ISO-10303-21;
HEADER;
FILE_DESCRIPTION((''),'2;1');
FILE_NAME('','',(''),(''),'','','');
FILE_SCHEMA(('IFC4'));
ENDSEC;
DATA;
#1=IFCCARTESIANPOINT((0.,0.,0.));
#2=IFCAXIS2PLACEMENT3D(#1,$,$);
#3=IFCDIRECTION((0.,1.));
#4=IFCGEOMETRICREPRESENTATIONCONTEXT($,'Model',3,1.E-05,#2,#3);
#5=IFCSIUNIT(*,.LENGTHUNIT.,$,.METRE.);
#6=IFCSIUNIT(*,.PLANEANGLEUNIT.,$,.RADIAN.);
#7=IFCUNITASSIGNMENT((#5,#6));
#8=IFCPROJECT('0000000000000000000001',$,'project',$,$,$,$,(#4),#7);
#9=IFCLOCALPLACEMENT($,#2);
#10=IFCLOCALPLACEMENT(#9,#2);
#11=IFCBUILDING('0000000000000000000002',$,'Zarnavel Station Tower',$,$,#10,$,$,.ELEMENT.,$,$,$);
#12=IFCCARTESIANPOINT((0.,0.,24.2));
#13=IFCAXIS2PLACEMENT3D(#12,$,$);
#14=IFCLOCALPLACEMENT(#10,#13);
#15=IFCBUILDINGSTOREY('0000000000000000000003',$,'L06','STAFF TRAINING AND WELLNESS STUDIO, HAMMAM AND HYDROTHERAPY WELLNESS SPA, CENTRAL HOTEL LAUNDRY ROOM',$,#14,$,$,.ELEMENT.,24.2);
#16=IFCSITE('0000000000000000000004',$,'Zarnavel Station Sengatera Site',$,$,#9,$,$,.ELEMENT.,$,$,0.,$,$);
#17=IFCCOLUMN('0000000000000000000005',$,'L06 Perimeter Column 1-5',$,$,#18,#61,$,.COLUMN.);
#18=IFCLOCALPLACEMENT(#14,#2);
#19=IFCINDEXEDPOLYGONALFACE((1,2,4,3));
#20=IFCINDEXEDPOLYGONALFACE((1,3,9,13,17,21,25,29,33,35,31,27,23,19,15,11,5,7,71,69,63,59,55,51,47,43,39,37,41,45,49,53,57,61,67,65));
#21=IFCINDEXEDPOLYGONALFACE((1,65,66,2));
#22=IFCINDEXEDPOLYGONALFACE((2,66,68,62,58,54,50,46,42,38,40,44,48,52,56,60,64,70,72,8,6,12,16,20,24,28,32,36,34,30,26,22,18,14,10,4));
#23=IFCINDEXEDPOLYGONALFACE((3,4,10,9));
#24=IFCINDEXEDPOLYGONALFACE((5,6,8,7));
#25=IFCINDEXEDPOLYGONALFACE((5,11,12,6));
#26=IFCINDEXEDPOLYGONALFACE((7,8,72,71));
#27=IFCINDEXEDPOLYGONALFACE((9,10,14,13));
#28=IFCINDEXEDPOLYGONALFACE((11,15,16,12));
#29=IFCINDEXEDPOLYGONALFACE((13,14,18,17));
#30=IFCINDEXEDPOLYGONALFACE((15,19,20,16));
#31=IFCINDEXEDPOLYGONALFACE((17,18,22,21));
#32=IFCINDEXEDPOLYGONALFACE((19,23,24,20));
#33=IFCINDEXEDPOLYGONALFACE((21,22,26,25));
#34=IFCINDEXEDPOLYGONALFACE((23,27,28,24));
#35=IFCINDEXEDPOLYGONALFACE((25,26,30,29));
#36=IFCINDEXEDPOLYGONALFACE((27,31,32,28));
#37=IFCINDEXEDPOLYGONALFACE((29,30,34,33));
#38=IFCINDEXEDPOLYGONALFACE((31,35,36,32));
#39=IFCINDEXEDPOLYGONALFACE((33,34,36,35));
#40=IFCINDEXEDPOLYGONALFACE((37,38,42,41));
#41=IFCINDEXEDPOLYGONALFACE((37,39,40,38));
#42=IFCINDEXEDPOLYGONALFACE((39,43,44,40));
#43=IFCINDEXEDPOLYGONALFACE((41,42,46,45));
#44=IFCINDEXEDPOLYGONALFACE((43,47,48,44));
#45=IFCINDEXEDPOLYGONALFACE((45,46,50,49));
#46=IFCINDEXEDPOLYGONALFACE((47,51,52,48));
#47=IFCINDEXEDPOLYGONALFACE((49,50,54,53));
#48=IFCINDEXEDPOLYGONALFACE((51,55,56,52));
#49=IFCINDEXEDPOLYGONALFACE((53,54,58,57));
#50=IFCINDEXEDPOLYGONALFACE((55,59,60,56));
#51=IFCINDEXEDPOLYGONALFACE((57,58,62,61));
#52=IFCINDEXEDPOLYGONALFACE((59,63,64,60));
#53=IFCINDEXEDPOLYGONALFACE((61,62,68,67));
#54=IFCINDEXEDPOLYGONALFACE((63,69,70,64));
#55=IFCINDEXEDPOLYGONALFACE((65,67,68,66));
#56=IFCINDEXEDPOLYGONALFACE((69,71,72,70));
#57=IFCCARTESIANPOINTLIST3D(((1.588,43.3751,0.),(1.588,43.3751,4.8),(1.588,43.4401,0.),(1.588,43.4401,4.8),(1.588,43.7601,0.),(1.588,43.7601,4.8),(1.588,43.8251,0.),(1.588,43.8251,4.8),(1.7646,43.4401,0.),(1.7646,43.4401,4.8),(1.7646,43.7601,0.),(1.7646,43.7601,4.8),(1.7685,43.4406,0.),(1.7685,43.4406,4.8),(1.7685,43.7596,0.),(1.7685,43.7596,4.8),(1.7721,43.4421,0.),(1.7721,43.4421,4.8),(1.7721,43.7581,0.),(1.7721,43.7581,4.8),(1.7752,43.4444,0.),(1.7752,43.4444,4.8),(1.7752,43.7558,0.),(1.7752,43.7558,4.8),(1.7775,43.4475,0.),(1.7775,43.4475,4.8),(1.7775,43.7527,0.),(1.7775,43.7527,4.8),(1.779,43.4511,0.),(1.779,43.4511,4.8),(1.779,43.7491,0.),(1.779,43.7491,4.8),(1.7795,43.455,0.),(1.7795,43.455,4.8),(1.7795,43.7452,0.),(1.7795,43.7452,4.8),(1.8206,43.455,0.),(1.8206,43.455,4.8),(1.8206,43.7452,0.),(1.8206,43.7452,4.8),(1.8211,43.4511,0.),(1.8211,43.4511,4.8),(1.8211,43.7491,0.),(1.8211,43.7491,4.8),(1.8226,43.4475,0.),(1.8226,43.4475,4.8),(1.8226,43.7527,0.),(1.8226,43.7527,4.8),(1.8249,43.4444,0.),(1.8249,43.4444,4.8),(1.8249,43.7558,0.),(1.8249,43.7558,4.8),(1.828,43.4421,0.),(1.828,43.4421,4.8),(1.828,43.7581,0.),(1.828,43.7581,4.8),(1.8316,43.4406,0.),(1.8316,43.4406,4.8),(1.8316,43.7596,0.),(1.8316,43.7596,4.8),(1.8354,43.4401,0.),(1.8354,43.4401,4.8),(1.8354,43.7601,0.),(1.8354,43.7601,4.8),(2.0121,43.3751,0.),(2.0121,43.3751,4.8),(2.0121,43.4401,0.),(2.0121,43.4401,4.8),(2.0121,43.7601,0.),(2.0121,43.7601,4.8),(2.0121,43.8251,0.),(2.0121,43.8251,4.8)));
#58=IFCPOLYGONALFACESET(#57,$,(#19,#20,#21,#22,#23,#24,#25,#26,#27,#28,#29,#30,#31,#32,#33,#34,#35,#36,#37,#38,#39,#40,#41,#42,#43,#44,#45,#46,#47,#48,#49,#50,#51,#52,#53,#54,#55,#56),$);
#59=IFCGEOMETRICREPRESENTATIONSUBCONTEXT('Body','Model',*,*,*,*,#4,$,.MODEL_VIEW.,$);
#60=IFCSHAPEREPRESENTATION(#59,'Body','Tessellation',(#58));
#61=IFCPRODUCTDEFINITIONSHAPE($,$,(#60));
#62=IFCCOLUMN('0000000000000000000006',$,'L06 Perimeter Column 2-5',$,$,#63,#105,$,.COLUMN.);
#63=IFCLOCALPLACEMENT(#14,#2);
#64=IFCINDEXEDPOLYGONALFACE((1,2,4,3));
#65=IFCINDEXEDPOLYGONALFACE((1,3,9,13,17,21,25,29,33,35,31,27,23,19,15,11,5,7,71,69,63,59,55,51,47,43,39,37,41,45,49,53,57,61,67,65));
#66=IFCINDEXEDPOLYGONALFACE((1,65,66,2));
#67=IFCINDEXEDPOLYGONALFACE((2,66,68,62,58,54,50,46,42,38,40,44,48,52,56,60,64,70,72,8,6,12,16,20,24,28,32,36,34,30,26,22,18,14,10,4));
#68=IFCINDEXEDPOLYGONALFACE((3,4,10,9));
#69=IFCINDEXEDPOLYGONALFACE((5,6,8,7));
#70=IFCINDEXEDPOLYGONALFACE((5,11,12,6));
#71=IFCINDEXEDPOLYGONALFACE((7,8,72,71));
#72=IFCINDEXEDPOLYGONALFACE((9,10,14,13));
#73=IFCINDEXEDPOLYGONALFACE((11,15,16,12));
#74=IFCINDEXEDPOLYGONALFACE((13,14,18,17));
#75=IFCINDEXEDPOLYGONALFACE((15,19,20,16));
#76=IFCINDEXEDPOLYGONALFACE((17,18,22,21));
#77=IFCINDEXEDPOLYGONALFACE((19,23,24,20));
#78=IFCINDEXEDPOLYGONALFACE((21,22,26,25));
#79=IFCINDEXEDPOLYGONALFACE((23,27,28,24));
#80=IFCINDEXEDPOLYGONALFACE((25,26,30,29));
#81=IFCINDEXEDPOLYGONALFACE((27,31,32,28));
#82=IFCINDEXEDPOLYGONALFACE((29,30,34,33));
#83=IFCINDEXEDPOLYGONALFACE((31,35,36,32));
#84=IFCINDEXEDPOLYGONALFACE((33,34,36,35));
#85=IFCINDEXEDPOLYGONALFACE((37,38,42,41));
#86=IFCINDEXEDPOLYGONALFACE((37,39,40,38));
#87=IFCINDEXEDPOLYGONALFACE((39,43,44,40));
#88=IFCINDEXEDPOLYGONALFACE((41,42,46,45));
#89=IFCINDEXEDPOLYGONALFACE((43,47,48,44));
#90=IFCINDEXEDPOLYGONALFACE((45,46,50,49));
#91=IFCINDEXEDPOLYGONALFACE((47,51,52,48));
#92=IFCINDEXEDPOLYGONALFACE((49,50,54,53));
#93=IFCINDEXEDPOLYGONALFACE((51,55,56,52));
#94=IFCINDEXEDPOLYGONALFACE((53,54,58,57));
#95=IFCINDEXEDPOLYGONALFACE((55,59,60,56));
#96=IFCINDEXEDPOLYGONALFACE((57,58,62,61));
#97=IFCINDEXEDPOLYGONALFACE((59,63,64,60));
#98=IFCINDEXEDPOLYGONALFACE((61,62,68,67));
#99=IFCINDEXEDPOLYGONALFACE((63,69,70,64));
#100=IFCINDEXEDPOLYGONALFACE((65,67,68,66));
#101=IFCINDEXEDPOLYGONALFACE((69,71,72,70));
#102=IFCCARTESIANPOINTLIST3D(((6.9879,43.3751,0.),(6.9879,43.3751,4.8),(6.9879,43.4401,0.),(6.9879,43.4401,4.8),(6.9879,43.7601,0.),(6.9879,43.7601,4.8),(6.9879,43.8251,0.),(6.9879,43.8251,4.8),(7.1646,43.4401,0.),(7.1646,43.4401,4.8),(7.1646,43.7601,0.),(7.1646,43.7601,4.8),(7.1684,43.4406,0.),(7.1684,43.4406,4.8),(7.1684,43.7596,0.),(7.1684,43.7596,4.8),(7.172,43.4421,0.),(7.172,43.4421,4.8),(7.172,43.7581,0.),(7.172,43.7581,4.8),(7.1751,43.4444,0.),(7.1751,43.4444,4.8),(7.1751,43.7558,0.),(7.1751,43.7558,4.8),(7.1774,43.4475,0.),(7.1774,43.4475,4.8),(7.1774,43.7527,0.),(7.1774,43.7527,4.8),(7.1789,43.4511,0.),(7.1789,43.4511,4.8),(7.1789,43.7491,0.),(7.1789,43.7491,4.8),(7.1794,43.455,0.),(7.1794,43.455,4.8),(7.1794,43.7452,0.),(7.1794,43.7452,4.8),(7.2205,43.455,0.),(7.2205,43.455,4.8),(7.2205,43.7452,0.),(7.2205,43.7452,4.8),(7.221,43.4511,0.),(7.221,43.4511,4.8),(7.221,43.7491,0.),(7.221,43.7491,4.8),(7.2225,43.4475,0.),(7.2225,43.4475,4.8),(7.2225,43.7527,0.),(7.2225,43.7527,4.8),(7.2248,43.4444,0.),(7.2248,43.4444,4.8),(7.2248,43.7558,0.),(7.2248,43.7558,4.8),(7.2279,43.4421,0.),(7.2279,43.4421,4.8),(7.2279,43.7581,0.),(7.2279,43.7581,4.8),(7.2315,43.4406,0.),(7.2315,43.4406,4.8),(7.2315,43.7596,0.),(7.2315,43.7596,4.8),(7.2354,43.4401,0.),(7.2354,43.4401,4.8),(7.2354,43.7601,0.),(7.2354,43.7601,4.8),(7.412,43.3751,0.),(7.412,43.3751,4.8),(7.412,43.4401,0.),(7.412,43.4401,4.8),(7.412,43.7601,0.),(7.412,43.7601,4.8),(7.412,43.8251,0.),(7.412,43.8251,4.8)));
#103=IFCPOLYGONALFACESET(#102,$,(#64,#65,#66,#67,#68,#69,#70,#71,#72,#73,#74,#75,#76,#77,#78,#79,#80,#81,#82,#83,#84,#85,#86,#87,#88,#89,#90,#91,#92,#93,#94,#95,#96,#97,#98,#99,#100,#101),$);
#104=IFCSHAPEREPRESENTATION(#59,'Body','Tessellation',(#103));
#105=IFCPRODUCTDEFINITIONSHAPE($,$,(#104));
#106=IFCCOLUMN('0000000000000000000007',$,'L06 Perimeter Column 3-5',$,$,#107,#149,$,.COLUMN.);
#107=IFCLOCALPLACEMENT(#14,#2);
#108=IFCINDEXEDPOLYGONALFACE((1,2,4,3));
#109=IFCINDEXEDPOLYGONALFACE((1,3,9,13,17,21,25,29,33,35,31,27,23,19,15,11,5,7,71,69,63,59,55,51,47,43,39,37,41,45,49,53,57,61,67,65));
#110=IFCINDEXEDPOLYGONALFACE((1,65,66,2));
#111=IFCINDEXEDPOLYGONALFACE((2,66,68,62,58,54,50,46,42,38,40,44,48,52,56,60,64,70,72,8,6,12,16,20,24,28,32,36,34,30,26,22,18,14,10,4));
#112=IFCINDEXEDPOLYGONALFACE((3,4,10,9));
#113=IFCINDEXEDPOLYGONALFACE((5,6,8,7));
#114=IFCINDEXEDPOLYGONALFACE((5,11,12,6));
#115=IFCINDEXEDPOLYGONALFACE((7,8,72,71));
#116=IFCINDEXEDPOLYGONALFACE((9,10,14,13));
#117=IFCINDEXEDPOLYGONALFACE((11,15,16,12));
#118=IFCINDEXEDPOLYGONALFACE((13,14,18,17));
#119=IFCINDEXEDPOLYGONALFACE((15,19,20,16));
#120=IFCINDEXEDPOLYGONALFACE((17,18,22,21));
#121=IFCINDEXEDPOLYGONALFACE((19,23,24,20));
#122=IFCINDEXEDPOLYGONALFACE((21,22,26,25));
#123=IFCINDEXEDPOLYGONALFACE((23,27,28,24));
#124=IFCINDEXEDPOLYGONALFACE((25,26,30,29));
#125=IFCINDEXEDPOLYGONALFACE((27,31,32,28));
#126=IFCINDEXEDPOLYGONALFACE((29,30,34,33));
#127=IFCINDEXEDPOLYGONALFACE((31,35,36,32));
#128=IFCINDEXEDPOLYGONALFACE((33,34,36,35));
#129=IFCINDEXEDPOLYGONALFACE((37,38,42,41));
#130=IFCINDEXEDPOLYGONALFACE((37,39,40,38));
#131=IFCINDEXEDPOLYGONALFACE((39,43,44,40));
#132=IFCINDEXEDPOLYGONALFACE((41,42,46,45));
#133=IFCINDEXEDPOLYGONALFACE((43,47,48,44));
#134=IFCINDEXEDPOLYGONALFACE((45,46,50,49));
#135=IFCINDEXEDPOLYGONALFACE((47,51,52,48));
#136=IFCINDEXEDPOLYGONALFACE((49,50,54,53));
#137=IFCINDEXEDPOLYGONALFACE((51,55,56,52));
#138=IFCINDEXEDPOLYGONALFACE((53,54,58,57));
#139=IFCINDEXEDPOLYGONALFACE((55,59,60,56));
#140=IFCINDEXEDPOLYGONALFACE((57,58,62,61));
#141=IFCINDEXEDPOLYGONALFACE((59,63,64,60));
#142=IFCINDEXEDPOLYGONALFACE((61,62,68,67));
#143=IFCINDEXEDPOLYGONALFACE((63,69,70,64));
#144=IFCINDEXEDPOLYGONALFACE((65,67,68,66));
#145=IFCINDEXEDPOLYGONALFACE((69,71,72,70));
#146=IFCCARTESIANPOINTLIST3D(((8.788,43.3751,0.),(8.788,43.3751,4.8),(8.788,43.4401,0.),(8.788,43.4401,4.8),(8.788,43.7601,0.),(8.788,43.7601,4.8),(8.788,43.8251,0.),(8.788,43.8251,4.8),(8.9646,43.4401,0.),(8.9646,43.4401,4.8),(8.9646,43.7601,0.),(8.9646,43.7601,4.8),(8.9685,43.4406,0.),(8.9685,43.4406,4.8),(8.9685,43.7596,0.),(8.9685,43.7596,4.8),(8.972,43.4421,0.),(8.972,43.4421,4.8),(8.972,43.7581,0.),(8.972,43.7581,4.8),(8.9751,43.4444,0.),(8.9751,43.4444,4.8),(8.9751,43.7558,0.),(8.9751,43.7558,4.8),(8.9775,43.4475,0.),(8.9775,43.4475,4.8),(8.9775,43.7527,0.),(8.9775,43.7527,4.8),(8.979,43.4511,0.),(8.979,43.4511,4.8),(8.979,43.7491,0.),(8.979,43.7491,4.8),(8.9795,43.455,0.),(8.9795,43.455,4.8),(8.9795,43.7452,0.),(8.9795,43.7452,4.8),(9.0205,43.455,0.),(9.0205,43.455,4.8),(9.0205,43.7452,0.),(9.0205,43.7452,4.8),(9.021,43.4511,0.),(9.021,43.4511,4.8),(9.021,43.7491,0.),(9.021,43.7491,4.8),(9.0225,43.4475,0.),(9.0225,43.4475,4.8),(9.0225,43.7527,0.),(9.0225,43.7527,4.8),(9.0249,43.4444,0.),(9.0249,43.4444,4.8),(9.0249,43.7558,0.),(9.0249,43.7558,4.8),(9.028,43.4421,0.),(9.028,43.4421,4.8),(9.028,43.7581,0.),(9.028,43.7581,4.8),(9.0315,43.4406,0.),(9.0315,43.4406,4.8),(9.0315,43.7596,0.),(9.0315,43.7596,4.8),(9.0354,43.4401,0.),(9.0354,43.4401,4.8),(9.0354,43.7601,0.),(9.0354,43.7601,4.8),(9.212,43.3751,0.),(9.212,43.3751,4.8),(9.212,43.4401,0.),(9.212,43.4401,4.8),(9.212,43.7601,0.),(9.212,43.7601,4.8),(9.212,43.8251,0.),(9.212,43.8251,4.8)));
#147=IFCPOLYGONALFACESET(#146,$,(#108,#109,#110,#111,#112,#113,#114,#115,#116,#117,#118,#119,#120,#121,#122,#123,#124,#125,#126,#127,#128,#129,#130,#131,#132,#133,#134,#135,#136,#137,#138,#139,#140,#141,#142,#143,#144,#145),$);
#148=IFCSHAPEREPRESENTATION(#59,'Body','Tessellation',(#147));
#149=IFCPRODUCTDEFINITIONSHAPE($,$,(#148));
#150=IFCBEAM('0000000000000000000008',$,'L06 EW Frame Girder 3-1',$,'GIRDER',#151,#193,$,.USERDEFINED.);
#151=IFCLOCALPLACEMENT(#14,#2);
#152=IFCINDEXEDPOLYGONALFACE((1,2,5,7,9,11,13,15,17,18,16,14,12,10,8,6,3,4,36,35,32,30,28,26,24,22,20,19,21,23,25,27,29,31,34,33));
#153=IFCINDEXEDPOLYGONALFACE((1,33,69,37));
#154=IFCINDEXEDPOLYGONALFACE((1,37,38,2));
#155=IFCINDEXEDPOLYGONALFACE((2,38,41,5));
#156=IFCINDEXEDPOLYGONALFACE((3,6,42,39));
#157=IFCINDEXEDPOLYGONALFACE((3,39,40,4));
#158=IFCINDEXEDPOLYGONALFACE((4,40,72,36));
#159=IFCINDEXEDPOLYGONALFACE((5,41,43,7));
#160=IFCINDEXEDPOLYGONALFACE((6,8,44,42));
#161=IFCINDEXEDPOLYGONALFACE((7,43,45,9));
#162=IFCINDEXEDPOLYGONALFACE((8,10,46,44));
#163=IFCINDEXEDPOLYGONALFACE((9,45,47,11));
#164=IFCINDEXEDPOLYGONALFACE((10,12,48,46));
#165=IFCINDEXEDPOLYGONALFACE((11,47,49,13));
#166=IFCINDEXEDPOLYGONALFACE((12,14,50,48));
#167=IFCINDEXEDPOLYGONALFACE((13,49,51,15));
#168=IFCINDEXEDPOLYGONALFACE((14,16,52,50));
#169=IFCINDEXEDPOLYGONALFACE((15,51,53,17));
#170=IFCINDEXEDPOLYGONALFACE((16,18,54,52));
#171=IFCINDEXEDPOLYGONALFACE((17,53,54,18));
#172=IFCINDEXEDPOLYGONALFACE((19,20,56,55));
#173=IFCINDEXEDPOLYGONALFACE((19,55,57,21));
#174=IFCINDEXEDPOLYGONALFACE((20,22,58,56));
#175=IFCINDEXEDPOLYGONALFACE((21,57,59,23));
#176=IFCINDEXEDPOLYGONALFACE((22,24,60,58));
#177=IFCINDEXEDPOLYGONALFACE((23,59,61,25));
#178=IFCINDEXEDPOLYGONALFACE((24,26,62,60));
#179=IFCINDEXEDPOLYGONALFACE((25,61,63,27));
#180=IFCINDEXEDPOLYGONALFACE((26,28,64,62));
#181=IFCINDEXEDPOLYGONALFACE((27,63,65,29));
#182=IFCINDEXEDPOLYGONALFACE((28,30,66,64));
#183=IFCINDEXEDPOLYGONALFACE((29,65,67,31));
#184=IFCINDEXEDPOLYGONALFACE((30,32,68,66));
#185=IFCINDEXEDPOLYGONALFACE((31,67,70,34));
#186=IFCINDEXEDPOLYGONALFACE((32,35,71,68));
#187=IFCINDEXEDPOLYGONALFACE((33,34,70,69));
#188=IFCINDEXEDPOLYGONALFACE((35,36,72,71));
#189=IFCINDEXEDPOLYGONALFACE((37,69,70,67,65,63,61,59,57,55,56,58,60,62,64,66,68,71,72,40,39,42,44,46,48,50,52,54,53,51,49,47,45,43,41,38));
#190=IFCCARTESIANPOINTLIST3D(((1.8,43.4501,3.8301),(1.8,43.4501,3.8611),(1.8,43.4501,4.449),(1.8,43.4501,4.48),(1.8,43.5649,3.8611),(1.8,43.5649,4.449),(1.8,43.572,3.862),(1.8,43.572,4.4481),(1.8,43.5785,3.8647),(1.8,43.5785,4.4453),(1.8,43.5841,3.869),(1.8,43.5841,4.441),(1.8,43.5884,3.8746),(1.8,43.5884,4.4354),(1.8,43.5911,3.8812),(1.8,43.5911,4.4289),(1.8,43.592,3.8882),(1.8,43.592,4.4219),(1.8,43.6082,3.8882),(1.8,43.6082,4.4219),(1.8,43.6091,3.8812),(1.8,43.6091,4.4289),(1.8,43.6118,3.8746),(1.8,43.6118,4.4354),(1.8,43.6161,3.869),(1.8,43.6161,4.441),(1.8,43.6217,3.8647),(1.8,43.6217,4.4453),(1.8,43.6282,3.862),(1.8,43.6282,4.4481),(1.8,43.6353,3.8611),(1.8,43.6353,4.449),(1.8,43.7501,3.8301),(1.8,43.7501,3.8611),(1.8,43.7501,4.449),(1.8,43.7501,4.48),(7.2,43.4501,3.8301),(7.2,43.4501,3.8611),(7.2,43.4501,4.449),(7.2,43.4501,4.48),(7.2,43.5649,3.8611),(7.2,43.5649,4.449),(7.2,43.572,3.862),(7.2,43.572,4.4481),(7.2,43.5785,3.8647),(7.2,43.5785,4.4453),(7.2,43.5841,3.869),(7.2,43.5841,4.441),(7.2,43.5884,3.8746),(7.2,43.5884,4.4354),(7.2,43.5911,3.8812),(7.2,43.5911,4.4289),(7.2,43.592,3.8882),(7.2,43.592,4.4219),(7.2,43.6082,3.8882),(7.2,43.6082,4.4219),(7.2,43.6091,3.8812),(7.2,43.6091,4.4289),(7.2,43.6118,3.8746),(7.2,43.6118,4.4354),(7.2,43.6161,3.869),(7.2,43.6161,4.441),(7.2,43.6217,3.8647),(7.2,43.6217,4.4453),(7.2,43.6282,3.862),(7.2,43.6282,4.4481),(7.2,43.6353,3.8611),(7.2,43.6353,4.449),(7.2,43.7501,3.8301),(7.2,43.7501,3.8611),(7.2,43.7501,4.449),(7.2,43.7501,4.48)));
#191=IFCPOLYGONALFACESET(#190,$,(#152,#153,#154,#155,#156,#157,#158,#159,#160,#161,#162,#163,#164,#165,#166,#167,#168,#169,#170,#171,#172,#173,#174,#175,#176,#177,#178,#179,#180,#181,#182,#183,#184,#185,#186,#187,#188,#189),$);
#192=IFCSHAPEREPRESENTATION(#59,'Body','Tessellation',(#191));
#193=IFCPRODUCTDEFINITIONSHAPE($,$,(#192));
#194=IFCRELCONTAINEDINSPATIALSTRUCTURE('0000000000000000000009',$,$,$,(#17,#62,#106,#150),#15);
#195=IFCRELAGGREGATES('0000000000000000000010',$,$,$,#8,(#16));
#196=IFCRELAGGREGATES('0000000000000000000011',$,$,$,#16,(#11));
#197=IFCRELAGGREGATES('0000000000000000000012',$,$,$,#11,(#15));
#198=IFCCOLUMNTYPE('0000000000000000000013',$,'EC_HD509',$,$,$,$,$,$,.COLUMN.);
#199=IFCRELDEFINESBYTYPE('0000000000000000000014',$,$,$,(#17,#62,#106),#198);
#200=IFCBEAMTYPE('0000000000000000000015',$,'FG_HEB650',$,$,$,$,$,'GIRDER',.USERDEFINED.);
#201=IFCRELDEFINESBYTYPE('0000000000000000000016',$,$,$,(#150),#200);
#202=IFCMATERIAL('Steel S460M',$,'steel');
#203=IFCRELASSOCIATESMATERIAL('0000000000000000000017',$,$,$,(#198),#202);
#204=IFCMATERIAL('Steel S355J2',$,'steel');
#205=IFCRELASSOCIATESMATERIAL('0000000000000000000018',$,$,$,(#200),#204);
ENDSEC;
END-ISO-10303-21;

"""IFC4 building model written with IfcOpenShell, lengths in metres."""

from ifc_helpers import new_model, si_unit, direction, frame, origin, origin_2d, place, context, subcontext, project, spatial, i_section, extrude, material, material_profile, profile_set, type_object, element, save


model = new_model("IFC4")

# Units and contexts
model_context = context("Model", 3, precision=1e-05, world=origin(), true_north=direction((0.0, 1.0)))
body_context = subcontext(model_context, "Body", "Model", "MODEL_VIEW")
ifc_project = project(units=[si_unit("LENGTHUNIT", "METRE"), si_unit("PLANEANGLEUNIT", "RADIAN")], contexts=[model_context])

# Site, building, storey
site_placement = place(None, origin())
site = spatial("IfcSite", under=ifc_project, at=site_placement, Name="Zarnavel Station Sengatera Site", CompositionType="ELEMENT", RefElevation=0.0)
building_placement = place(site_placement, origin())
building = spatial("IfcBuilding", under=site, at=building_placement, Name="Zarnavel Station Tower", CompositionType="ELEMENT")
storey_placement = place(building_placement, frame((0.0, 0.0, 24.2)))
storey = spatial("IfcBuildingStorey", under=building, at=storey_placement, Name="L06", Description="STAFF TRAINING AND WELLNESS STUDIO, HAMMAM AND HYDROTHERAPY WELLNESS SPA, CENTRAL HOTEL LAUNDRY ROOM", CompositionType="ELEMENT", Elevation=24.2)

# Columns
ifc_material_1 = material(Name="Steel S460M", Category="steel")
ifc_material_profile_1 = material_profile(ifc_material_1, i_section(OverallWidth=0.4241, OverallDepth=0.45, WebThickness=0.041, FlangeThickness=0.0649, FilletRadius=0.0149, at=origin_2d()), Name="HD400x509")
ifc_profile_set_1 = profile_set([ifc_material_profile_1], Name="Steel S460M")
column_type = type_object("IfcColumnType", Name="EC_HD509", PredefinedType="COLUMN", material=ifc_profile_set_1)
for number, where, z_axis, x_axis, name in (
    (1, (1.8, 43.6001, 0.0), (0.0, 0.0, 1.0), (1.0, 0.0, 0.0), "L06 Perimeter Column 1-5"),
    (2, (7.2, 43.6001, 0.0), (0.0, 0.0, 1.0), (1.0, 0.0, 0.0), "L06 Perimeter Column 2-5"),
    (3, (9.0, 43.6001, 0.0), (0.0, 0.0, 1.0), (1.0, 0.0, 0.0), "L06 Perimeter Column 3-5"),
):
    element("IfcColumn", number, at=place(storey_placement, frame(where, z_axis=z_axis, x_axis=x_axis)), inside=storey, type_object=column_type, Name=name, PredefinedType="COLUMN", context=body_context, shape_type="SweptSolid", body=[
        extrude(i_section(OverallWidth=0.4241, OverallDepth=0.45, WebThickness=0.041, FlangeThickness=0.0649, FilletRadius=0.0149, at=origin_2d()), origin(), (0.0, 0.0, 1.0), 4.8),
    ])

# Beam
ifc_material_2 = material(Name="Steel S355J2", Category="steel")
ifc_material_profile_2 = material_profile(ifc_material_2, i_section(OverallWidth=0.3, OverallDepth=0.6499, WebThickness=0.0161, FlangeThickness=0.031, FilletRadius=0.0271, at=origin_2d()), Name="HEB650")
ifc_profile_set_2 = profile_set([ifc_material_profile_2], Name="Steel S355J2")
beam_type = type_object("IfcBeamType", Name="FG_HEB650", ElementType="GIRDER", PredefinedType="USERDEFINED", material=ifc_profile_set_2)
beam_1_placement = place(storey_placement, frame((1.8, 43.6001, 4.155), z_axis=(1.0, 0.0, 0.0), x_axis=(0.0, 1.0, 0.0)))
element("IfcBeam", 4, at=beam_1_placement, inside=storey, type_object=beam_type, Name="L06 EW Frame Girder 3-1", ObjectType="GIRDER", PredefinedType="USERDEFINED", context=body_context, shape_type="SweptSolid", body=[
    extrude(i_section(OverallWidth=0.3, OverallDepth=0.6499, WebThickness=0.0161, FlangeThickness=0.031, FilletRadius=0.0271, at=origin_2d()), origin(), (0.0, 0.0, 1.0), 5.3999),
])

save(model, "model.ifc")
